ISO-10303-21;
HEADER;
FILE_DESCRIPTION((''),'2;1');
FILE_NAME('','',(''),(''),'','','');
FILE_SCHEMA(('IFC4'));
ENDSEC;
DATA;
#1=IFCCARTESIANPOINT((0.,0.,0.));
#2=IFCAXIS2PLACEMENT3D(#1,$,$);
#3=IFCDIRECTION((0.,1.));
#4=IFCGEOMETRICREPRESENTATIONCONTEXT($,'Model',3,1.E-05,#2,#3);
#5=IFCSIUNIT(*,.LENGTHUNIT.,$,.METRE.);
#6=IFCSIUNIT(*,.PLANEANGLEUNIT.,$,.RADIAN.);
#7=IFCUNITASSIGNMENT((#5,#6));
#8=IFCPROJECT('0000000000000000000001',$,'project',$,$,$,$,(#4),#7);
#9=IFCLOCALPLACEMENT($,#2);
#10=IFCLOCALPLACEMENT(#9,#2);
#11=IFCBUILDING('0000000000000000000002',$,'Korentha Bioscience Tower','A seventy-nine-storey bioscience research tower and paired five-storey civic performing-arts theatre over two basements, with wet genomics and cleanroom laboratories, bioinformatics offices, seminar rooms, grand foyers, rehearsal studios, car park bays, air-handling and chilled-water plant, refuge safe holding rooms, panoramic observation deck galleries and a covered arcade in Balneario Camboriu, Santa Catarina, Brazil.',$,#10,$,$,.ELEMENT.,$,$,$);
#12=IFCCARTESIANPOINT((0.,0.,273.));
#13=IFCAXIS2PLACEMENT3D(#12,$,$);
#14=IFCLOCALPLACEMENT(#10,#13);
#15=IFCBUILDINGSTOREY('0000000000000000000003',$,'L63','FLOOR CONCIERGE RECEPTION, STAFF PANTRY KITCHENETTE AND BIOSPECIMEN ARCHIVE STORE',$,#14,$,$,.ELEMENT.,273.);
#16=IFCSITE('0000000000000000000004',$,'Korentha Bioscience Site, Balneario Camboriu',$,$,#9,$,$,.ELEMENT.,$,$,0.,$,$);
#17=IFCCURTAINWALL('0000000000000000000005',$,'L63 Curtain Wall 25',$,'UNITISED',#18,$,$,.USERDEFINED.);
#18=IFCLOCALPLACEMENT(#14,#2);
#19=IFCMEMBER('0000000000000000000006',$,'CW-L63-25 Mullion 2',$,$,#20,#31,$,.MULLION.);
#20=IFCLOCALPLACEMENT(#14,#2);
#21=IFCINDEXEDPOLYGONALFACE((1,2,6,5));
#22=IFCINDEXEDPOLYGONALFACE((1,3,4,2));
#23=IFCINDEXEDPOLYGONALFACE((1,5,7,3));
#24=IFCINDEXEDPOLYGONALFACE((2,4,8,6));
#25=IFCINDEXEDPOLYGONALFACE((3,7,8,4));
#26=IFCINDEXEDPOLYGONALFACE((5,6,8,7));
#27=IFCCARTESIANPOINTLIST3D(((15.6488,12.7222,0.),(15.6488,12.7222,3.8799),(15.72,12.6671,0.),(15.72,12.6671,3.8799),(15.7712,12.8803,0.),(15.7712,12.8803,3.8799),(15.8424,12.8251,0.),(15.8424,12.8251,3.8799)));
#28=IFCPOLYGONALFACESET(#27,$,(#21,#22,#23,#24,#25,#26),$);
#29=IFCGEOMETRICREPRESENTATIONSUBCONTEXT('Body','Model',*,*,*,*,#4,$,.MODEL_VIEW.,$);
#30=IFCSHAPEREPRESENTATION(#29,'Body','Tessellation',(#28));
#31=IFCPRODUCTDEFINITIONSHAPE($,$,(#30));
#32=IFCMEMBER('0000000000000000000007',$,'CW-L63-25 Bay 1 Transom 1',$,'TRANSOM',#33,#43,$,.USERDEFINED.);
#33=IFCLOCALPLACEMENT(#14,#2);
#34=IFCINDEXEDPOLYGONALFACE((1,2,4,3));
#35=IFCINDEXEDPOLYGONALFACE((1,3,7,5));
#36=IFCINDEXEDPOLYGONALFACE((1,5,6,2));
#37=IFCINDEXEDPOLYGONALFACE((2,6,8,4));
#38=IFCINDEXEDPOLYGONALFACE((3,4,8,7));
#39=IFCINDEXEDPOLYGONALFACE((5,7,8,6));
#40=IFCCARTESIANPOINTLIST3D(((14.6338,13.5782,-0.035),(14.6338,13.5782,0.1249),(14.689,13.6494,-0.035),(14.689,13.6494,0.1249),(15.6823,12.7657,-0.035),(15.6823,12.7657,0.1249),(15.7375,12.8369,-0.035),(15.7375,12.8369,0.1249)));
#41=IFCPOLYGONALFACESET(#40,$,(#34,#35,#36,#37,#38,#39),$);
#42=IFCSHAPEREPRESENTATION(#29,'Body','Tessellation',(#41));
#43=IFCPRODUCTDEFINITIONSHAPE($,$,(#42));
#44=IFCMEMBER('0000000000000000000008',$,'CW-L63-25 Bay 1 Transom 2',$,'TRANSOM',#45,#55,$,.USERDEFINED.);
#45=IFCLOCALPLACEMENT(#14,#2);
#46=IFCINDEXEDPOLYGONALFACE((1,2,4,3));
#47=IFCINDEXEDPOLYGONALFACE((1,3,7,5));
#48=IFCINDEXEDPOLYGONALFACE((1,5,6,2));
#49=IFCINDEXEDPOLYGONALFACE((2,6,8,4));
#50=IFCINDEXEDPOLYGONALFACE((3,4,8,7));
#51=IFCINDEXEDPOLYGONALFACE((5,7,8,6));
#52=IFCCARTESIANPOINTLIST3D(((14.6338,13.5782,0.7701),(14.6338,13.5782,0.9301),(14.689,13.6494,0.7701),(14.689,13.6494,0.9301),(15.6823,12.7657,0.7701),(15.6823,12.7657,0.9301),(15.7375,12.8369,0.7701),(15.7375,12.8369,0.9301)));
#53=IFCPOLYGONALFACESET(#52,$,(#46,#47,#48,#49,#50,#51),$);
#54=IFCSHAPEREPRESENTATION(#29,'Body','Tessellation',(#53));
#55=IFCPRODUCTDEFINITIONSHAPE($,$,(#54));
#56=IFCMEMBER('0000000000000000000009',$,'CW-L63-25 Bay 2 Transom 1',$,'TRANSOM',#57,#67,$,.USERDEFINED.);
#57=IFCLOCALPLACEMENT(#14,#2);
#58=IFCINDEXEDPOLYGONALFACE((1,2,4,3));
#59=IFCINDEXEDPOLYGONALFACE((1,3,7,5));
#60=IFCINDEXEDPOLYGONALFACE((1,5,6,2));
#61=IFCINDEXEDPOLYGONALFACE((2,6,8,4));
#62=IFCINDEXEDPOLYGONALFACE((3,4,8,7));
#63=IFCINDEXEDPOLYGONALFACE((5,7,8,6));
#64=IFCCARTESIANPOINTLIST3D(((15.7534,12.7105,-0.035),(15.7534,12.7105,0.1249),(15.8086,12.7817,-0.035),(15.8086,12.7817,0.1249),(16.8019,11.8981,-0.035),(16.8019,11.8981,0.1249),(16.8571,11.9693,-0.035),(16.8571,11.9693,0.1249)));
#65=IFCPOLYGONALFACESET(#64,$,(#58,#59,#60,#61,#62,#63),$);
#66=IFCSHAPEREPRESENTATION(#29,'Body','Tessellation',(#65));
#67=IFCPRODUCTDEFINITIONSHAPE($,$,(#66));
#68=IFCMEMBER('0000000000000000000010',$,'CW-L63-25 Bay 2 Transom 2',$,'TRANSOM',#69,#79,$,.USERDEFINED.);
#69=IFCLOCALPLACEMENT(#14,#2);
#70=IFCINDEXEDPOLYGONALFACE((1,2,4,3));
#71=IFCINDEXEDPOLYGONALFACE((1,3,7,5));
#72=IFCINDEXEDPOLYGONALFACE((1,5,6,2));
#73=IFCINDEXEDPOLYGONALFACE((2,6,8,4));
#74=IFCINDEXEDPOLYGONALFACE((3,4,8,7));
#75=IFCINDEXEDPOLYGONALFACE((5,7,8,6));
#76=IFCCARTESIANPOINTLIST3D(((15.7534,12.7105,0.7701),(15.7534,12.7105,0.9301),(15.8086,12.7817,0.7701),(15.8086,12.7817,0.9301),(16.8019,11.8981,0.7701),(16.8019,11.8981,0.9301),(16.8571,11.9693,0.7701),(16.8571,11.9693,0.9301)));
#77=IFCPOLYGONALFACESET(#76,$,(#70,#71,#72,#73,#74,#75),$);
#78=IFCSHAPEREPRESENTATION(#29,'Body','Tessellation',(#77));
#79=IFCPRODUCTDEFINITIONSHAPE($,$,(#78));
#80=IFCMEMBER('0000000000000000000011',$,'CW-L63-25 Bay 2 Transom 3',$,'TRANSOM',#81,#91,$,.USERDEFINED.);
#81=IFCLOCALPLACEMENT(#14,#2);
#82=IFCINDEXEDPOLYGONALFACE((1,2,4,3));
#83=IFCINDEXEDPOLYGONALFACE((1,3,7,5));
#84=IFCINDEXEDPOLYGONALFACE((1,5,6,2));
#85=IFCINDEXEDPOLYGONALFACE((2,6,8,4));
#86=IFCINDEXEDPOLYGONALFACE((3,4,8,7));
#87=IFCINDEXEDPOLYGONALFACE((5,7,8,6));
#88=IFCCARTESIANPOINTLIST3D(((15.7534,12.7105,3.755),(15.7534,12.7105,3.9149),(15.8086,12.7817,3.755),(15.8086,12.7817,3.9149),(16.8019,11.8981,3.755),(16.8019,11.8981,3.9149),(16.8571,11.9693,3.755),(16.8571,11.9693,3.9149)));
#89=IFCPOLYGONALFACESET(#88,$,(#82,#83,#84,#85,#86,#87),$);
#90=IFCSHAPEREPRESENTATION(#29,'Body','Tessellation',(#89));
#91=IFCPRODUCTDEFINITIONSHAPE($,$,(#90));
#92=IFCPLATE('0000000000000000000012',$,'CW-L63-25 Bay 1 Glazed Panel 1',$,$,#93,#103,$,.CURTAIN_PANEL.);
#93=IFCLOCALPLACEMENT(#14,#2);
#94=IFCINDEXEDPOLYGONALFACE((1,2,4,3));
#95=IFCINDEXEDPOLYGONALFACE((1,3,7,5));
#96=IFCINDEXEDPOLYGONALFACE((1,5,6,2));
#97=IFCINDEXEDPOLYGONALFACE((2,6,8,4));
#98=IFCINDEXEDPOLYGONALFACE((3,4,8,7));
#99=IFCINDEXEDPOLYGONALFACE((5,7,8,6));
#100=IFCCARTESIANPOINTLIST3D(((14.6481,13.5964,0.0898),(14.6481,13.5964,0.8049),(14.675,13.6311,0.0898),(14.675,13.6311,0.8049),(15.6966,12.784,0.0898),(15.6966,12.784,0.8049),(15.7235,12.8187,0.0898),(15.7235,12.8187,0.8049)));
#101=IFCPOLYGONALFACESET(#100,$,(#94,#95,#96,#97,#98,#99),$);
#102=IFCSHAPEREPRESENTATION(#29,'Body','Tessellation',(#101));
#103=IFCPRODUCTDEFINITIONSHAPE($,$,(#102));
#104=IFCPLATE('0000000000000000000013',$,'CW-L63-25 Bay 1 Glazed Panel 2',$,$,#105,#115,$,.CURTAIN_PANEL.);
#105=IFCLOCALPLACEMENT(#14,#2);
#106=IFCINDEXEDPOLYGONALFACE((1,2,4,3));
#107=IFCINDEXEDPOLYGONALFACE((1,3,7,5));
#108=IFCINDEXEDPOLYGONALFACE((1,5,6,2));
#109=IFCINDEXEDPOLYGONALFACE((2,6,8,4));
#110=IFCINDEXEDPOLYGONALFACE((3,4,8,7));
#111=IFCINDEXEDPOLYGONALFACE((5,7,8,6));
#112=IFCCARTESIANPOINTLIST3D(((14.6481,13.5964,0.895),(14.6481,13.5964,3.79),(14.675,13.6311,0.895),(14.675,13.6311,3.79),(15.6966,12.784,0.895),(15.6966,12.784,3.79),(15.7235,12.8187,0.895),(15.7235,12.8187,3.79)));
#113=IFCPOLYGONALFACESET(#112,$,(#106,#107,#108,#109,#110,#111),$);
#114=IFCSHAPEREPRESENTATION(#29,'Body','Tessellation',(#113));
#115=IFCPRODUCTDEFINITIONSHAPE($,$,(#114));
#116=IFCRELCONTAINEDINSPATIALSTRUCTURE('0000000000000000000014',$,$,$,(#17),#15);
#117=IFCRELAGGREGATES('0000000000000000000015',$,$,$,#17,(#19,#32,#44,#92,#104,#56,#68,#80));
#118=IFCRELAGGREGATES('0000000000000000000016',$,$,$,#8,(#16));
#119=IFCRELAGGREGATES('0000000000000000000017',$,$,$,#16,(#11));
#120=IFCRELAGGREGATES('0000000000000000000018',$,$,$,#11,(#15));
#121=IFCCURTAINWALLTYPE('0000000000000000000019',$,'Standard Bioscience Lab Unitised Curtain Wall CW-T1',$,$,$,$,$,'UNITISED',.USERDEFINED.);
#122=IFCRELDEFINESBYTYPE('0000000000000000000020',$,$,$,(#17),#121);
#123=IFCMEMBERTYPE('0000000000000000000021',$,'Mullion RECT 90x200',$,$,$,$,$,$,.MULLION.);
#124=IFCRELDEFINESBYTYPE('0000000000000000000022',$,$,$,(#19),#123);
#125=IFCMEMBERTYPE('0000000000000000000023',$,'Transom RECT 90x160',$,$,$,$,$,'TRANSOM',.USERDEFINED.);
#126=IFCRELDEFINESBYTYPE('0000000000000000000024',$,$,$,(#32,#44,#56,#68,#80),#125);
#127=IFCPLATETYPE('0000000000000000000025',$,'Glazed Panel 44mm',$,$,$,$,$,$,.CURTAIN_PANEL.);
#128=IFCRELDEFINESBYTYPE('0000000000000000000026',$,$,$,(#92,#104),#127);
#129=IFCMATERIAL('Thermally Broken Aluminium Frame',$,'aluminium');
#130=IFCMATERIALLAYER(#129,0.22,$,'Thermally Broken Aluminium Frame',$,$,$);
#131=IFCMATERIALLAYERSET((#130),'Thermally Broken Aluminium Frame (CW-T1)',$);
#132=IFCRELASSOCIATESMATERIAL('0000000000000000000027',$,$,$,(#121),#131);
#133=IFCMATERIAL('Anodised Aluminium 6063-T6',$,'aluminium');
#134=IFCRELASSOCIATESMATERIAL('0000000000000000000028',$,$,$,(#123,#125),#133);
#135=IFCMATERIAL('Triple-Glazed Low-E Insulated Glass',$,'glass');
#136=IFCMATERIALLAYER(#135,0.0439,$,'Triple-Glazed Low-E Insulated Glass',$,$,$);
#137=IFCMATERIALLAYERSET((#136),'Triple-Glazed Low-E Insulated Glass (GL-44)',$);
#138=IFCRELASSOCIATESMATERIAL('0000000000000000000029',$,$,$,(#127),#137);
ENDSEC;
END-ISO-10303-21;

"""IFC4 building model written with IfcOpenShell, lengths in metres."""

from ifc_helpers import new_model, si_unit, direction, frame, origin, origin_2d, place, context, subcontext, project, spatial, rectangle, extrude, material, layer, layer_set, material_profile, profile_set, type_object, element, aggregate, save


model = new_model("IFC4")

# Units and contexts
model_context = context("Model", 3, precision=1e-05, world=origin(), true_north=direction((0.0, 1.0)))
body_context = subcontext(model_context, "Body", "Model", "MODEL_VIEW")
ifc_project = project(units=[si_unit("LENGTHUNIT", "METRE"), si_unit("PLANEANGLEUNIT", "RADIAN")], contexts=[model_context])

# Site, building, storey
site_placement = place(None, origin())
site = spatial("IfcSite", under=ifc_project, at=site_placement, Name="Korentha Bioscience Site, Balneario Camboriu", CompositionType="ELEMENT", RefElevation=0.0)
building_placement = place(site_placement, origin())
building = spatial("IfcBuilding", under=site, at=building_placement, Name="Korentha Bioscience Tower", Description="A seventy-nine-storey bioscience research tower and paired five-storey civic performing-arts theatre over two basements, with wet genomics and cleanroom laboratories, bioinformatics offices, seminar rooms, grand foyers, rehearsal studios, car park bays, air-handling and chilled-water plant, refuge safe holding rooms, panoramic observation deck galleries and a covered arcade in Balneario Camboriu, Santa Catarina, Brazil.", CompositionType="ELEMENT")
storey_placement = place(building_placement, frame((0.0, 0.0, 273.0)))
storey = spatial("IfcBuildingStorey", under=building, at=storey_placement, Name="L63", Description="FLOOR CONCIERGE RECEPTION, STAFF PANTRY KITCHENETTE AND BIOSPECIMEN ARCHIVE STORE", CompositionType="ELEMENT", Elevation=273.0)

# Curtain wall, members, plates
ifc_material_1 = material(Name="Thermally Broken Aluminium Frame", Category="aluminium")
ifc_layer_1 = layer(ifc_material_1, 0.22, Name="Thermally Broken Aluminium Frame")
ifc_layer_set_1 = layer_set([ifc_layer_1], Name="Thermally Broken Aluminium Frame (CW-T1)")
curtain_wall_type = type_object("IfcCurtainWallType", Name="Standard Bioscience Lab Unitised Curtain Wall CW-T1", ElementType="UNITISED", PredefinedType="USERDEFINED", material=ifc_layer_set_1)
curtain_wall_placement = place(storey_placement, origin())
curtain_wall = element("IfcCurtainWall", 1, at=curtain_wall_placement, inside=storey, type_object=curtain_wall_type, Name="L63 Curtain Wall 25", ObjectType="UNITISED", PredefinedType="USERDEFINED")
ifc_material_2 = material(Name="Anodised Aluminium 6063-T6", Category="aluminium")
ifc_material_profile_1 = material_profile(ifc_material_2, rectangle(XDim=0.0901, YDim=0.2, at=origin_2d()), Name="Anodised Aluminium 6063-T6")
ifc_profile_set_1 = profile_set([ifc_material_profile_1], Name="Anodised Aluminium 6063-T6 (CW-MUL)")
member_type_1 = type_object("IfcMemberType", Name="Mullion RECT 90x200", PredefinedType="MULLION", material=ifc_profile_set_1)
member_1_placement = place(storey_placement, frame((15.7456, 12.7737, 0.0), z_axis=(0.0, 0.0, 1.0), x_axis=(0.790488, -0.612478, 0.0)))
member_1 = element("IfcMember", 2, at=member_1_placement, type_object=member_type_1, Name="CW-L63-25 Mullion 2", PredefinedType="MULLION", context=body_context, shape_type="SweptSolid", body=[
    extrude(rectangle(XDim=0.0901, YDim=0.2, at=origin_2d()), origin(), (0.0, 0.0, 1.0), 3.8799),
])
ifc_material_profile_2 = material_profile(ifc_material_2, rectangle(XDim=0.0901, YDim=0.1599, at=origin_2d()), Name="Anodised Aluminium 6063-T6")
ifc_profile_set_2 = profile_set([ifc_material_profile_2], Name="Anodised Aluminium 6063-T6 (CW-TRN)")
member_type_2 = type_object("IfcMemberType", Name="Transom RECT 90x160", ElementType="TRANSOM", PredefinedType="USERDEFINED", material=ifc_profile_set_2)
member_2_placement = place(storey_placement, frame((14.6614, 13.6138, 0.0449), z_axis=(0.790471, -0.6125, 0.0), x_axis=(0.6125, 0.790471, 0.0)))
member_2 = element("IfcMember", 3, at=member_2_placement, type_object=member_type_2, Name="CW-L63-25 Bay 1 Transom 1", ObjectType="TRANSOM", PredefinedType="USERDEFINED", context=body_context, shape_type="SweptSolid", body=[
    extrude(rectangle(XDim=0.0901, YDim=0.1599, at=origin_2d()), origin(), (0.0, 0.0, 1.0), 1.3264),
])
member_3_placement = place(storey_placement, frame((14.6614, 13.6138, 0.8501), z_axis=(0.790471, -0.6125, 0.0), x_axis=(0.6125, 0.790471, 0.0)))
member_3 = element("IfcMember", 4, at=member_3_placement, type_object=member_type_2, Name="CW-L63-25 Bay 1 Transom 2", ObjectType="TRANSOM", PredefinedType="USERDEFINED", context=body_context, shape_type="SweptSolid", body=[
    extrude(rectangle(XDim=0.0901, YDim=0.1599, at=origin_2d()), origin(), (0.0, 0.0, 1.0), 1.3264),
])
member_4_placement = place(storey_placement, frame((15.781, 12.7461, 0.0449), z_axis=(0.790471, -0.6125, 0.0), x_axis=(0.6125, 0.790471, 0.0)))
member_4 = element("IfcMember", 5, at=member_4_placement, type_object=member_type_2, Name="CW-L63-25 Bay 2 Transom 1", ObjectType="TRANSOM", PredefinedType="USERDEFINED", context=body_context, shape_type="SweptSolid", body=[
    extrude(rectangle(XDim=0.0901, YDim=0.1599, at=origin_2d()), origin(), (0.0, 0.0, 1.0), 1.3264),
])
member_5_placement = place(storey_placement, frame((15.781, 12.7461, 0.8501), z_axis=(0.790471, -0.6125, 0.0), x_axis=(0.6125, 0.790471, 0.0)))
member_5 = element("IfcMember", 6, at=member_5_placement, type_object=member_type_2, Name="CW-L63-25 Bay 2 Transom 2", ObjectType="TRANSOM", PredefinedType="USERDEFINED", context=body_context, shape_type="SweptSolid", body=[
    extrude(rectangle(XDim=0.0901, YDim=0.1599, at=origin_2d()), origin(), (0.0, 0.0, 1.0), 1.3264),
])
member_6_placement = place(storey_placement, frame((15.781, 12.7461, 3.835), z_axis=(0.790471, -0.6125, 0.0), x_axis=(0.6125, 0.790471, 0.0)))
member_6 = element("IfcMember", 7, at=member_6_placement, type_object=member_type_2, Name="CW-L63-25 Bay 2 Transom 3", ObjectType="TRANSOM", PredefinedType="USERDEFINED", context=body_context, shape_type="SweptSolid", body=[
    extrude(rectangle(XDim=0.0901, YDim=0.1599, at=origin_2d()), origin(), (0.0, 0.0, 1.0), 1.3264),
])
ifc_material_3 = material(Name="Triple-Glazed Low-E Insulated Glass", Category="glass")
ifc_layer_2 = layer(ifc_material_3, 0.0439, Name="Triple-Glazed Low-E Insulated Glass")
ifc_layer_set_2 = layer_set([ifc_layer_2], Name="Triple-Glazed Low-E Insulated Glass (GL-44)")
plate_type = type_object("IfcPlateType", Name="Glazed Panel 44mm", PredefinedType="CURTAIN_PANEL", material=ifc_layer_set_2)
plate_1_placement = place(storey_placement, frame((15.1858, 13.2075, 0.0898), z_axis=(0.0, 0.0, 1.0), x_axis=(0.790488, -0.612478, 0.0)))
plate_1 = element("IfcPlate", 8, at=plate_1_placement, type_object=plate_type, Name="CW-L63-25 Bay 1 Glazed Panel 1", PredefinedType="CURTAIN_PANEL", context=body_context, shape_type="SweptSolid", body=[
    extrude(rectangle(XDim=1.3264, YDim=0.0439, at=origin_2d()), origin(), (0.0, 0.0, 1.0), 0.7151),
])
plate_2_placement = place(storey_placement, frame((15.1858, 13.2075, 0.895), z_axis=(0.0, 0.0, 1.0), x_axis=(0.790488, -0.612478, 0.0)))
plate_2 = element("IfcPlate", 9, at=plate_2_placement, type_object=plate_type, Name="CW-L63-25 Bay 1 Glazed Panel 2", PredefinedType="CURTAIN_PANEL", context=body_context, shape_type="SweptSolid", body=[
    extrude(rectangle(XDim=1.3264, YDim=0.0439, at=origin_2d()), origin(), (0.0, 0.0, 1.0), 2.895),
])
aggregate(curtain_wall, [member_1, member_2, member_3, plate_1, plate_2, member_4, member_5, member_6])

save(model, "model.ifc")
